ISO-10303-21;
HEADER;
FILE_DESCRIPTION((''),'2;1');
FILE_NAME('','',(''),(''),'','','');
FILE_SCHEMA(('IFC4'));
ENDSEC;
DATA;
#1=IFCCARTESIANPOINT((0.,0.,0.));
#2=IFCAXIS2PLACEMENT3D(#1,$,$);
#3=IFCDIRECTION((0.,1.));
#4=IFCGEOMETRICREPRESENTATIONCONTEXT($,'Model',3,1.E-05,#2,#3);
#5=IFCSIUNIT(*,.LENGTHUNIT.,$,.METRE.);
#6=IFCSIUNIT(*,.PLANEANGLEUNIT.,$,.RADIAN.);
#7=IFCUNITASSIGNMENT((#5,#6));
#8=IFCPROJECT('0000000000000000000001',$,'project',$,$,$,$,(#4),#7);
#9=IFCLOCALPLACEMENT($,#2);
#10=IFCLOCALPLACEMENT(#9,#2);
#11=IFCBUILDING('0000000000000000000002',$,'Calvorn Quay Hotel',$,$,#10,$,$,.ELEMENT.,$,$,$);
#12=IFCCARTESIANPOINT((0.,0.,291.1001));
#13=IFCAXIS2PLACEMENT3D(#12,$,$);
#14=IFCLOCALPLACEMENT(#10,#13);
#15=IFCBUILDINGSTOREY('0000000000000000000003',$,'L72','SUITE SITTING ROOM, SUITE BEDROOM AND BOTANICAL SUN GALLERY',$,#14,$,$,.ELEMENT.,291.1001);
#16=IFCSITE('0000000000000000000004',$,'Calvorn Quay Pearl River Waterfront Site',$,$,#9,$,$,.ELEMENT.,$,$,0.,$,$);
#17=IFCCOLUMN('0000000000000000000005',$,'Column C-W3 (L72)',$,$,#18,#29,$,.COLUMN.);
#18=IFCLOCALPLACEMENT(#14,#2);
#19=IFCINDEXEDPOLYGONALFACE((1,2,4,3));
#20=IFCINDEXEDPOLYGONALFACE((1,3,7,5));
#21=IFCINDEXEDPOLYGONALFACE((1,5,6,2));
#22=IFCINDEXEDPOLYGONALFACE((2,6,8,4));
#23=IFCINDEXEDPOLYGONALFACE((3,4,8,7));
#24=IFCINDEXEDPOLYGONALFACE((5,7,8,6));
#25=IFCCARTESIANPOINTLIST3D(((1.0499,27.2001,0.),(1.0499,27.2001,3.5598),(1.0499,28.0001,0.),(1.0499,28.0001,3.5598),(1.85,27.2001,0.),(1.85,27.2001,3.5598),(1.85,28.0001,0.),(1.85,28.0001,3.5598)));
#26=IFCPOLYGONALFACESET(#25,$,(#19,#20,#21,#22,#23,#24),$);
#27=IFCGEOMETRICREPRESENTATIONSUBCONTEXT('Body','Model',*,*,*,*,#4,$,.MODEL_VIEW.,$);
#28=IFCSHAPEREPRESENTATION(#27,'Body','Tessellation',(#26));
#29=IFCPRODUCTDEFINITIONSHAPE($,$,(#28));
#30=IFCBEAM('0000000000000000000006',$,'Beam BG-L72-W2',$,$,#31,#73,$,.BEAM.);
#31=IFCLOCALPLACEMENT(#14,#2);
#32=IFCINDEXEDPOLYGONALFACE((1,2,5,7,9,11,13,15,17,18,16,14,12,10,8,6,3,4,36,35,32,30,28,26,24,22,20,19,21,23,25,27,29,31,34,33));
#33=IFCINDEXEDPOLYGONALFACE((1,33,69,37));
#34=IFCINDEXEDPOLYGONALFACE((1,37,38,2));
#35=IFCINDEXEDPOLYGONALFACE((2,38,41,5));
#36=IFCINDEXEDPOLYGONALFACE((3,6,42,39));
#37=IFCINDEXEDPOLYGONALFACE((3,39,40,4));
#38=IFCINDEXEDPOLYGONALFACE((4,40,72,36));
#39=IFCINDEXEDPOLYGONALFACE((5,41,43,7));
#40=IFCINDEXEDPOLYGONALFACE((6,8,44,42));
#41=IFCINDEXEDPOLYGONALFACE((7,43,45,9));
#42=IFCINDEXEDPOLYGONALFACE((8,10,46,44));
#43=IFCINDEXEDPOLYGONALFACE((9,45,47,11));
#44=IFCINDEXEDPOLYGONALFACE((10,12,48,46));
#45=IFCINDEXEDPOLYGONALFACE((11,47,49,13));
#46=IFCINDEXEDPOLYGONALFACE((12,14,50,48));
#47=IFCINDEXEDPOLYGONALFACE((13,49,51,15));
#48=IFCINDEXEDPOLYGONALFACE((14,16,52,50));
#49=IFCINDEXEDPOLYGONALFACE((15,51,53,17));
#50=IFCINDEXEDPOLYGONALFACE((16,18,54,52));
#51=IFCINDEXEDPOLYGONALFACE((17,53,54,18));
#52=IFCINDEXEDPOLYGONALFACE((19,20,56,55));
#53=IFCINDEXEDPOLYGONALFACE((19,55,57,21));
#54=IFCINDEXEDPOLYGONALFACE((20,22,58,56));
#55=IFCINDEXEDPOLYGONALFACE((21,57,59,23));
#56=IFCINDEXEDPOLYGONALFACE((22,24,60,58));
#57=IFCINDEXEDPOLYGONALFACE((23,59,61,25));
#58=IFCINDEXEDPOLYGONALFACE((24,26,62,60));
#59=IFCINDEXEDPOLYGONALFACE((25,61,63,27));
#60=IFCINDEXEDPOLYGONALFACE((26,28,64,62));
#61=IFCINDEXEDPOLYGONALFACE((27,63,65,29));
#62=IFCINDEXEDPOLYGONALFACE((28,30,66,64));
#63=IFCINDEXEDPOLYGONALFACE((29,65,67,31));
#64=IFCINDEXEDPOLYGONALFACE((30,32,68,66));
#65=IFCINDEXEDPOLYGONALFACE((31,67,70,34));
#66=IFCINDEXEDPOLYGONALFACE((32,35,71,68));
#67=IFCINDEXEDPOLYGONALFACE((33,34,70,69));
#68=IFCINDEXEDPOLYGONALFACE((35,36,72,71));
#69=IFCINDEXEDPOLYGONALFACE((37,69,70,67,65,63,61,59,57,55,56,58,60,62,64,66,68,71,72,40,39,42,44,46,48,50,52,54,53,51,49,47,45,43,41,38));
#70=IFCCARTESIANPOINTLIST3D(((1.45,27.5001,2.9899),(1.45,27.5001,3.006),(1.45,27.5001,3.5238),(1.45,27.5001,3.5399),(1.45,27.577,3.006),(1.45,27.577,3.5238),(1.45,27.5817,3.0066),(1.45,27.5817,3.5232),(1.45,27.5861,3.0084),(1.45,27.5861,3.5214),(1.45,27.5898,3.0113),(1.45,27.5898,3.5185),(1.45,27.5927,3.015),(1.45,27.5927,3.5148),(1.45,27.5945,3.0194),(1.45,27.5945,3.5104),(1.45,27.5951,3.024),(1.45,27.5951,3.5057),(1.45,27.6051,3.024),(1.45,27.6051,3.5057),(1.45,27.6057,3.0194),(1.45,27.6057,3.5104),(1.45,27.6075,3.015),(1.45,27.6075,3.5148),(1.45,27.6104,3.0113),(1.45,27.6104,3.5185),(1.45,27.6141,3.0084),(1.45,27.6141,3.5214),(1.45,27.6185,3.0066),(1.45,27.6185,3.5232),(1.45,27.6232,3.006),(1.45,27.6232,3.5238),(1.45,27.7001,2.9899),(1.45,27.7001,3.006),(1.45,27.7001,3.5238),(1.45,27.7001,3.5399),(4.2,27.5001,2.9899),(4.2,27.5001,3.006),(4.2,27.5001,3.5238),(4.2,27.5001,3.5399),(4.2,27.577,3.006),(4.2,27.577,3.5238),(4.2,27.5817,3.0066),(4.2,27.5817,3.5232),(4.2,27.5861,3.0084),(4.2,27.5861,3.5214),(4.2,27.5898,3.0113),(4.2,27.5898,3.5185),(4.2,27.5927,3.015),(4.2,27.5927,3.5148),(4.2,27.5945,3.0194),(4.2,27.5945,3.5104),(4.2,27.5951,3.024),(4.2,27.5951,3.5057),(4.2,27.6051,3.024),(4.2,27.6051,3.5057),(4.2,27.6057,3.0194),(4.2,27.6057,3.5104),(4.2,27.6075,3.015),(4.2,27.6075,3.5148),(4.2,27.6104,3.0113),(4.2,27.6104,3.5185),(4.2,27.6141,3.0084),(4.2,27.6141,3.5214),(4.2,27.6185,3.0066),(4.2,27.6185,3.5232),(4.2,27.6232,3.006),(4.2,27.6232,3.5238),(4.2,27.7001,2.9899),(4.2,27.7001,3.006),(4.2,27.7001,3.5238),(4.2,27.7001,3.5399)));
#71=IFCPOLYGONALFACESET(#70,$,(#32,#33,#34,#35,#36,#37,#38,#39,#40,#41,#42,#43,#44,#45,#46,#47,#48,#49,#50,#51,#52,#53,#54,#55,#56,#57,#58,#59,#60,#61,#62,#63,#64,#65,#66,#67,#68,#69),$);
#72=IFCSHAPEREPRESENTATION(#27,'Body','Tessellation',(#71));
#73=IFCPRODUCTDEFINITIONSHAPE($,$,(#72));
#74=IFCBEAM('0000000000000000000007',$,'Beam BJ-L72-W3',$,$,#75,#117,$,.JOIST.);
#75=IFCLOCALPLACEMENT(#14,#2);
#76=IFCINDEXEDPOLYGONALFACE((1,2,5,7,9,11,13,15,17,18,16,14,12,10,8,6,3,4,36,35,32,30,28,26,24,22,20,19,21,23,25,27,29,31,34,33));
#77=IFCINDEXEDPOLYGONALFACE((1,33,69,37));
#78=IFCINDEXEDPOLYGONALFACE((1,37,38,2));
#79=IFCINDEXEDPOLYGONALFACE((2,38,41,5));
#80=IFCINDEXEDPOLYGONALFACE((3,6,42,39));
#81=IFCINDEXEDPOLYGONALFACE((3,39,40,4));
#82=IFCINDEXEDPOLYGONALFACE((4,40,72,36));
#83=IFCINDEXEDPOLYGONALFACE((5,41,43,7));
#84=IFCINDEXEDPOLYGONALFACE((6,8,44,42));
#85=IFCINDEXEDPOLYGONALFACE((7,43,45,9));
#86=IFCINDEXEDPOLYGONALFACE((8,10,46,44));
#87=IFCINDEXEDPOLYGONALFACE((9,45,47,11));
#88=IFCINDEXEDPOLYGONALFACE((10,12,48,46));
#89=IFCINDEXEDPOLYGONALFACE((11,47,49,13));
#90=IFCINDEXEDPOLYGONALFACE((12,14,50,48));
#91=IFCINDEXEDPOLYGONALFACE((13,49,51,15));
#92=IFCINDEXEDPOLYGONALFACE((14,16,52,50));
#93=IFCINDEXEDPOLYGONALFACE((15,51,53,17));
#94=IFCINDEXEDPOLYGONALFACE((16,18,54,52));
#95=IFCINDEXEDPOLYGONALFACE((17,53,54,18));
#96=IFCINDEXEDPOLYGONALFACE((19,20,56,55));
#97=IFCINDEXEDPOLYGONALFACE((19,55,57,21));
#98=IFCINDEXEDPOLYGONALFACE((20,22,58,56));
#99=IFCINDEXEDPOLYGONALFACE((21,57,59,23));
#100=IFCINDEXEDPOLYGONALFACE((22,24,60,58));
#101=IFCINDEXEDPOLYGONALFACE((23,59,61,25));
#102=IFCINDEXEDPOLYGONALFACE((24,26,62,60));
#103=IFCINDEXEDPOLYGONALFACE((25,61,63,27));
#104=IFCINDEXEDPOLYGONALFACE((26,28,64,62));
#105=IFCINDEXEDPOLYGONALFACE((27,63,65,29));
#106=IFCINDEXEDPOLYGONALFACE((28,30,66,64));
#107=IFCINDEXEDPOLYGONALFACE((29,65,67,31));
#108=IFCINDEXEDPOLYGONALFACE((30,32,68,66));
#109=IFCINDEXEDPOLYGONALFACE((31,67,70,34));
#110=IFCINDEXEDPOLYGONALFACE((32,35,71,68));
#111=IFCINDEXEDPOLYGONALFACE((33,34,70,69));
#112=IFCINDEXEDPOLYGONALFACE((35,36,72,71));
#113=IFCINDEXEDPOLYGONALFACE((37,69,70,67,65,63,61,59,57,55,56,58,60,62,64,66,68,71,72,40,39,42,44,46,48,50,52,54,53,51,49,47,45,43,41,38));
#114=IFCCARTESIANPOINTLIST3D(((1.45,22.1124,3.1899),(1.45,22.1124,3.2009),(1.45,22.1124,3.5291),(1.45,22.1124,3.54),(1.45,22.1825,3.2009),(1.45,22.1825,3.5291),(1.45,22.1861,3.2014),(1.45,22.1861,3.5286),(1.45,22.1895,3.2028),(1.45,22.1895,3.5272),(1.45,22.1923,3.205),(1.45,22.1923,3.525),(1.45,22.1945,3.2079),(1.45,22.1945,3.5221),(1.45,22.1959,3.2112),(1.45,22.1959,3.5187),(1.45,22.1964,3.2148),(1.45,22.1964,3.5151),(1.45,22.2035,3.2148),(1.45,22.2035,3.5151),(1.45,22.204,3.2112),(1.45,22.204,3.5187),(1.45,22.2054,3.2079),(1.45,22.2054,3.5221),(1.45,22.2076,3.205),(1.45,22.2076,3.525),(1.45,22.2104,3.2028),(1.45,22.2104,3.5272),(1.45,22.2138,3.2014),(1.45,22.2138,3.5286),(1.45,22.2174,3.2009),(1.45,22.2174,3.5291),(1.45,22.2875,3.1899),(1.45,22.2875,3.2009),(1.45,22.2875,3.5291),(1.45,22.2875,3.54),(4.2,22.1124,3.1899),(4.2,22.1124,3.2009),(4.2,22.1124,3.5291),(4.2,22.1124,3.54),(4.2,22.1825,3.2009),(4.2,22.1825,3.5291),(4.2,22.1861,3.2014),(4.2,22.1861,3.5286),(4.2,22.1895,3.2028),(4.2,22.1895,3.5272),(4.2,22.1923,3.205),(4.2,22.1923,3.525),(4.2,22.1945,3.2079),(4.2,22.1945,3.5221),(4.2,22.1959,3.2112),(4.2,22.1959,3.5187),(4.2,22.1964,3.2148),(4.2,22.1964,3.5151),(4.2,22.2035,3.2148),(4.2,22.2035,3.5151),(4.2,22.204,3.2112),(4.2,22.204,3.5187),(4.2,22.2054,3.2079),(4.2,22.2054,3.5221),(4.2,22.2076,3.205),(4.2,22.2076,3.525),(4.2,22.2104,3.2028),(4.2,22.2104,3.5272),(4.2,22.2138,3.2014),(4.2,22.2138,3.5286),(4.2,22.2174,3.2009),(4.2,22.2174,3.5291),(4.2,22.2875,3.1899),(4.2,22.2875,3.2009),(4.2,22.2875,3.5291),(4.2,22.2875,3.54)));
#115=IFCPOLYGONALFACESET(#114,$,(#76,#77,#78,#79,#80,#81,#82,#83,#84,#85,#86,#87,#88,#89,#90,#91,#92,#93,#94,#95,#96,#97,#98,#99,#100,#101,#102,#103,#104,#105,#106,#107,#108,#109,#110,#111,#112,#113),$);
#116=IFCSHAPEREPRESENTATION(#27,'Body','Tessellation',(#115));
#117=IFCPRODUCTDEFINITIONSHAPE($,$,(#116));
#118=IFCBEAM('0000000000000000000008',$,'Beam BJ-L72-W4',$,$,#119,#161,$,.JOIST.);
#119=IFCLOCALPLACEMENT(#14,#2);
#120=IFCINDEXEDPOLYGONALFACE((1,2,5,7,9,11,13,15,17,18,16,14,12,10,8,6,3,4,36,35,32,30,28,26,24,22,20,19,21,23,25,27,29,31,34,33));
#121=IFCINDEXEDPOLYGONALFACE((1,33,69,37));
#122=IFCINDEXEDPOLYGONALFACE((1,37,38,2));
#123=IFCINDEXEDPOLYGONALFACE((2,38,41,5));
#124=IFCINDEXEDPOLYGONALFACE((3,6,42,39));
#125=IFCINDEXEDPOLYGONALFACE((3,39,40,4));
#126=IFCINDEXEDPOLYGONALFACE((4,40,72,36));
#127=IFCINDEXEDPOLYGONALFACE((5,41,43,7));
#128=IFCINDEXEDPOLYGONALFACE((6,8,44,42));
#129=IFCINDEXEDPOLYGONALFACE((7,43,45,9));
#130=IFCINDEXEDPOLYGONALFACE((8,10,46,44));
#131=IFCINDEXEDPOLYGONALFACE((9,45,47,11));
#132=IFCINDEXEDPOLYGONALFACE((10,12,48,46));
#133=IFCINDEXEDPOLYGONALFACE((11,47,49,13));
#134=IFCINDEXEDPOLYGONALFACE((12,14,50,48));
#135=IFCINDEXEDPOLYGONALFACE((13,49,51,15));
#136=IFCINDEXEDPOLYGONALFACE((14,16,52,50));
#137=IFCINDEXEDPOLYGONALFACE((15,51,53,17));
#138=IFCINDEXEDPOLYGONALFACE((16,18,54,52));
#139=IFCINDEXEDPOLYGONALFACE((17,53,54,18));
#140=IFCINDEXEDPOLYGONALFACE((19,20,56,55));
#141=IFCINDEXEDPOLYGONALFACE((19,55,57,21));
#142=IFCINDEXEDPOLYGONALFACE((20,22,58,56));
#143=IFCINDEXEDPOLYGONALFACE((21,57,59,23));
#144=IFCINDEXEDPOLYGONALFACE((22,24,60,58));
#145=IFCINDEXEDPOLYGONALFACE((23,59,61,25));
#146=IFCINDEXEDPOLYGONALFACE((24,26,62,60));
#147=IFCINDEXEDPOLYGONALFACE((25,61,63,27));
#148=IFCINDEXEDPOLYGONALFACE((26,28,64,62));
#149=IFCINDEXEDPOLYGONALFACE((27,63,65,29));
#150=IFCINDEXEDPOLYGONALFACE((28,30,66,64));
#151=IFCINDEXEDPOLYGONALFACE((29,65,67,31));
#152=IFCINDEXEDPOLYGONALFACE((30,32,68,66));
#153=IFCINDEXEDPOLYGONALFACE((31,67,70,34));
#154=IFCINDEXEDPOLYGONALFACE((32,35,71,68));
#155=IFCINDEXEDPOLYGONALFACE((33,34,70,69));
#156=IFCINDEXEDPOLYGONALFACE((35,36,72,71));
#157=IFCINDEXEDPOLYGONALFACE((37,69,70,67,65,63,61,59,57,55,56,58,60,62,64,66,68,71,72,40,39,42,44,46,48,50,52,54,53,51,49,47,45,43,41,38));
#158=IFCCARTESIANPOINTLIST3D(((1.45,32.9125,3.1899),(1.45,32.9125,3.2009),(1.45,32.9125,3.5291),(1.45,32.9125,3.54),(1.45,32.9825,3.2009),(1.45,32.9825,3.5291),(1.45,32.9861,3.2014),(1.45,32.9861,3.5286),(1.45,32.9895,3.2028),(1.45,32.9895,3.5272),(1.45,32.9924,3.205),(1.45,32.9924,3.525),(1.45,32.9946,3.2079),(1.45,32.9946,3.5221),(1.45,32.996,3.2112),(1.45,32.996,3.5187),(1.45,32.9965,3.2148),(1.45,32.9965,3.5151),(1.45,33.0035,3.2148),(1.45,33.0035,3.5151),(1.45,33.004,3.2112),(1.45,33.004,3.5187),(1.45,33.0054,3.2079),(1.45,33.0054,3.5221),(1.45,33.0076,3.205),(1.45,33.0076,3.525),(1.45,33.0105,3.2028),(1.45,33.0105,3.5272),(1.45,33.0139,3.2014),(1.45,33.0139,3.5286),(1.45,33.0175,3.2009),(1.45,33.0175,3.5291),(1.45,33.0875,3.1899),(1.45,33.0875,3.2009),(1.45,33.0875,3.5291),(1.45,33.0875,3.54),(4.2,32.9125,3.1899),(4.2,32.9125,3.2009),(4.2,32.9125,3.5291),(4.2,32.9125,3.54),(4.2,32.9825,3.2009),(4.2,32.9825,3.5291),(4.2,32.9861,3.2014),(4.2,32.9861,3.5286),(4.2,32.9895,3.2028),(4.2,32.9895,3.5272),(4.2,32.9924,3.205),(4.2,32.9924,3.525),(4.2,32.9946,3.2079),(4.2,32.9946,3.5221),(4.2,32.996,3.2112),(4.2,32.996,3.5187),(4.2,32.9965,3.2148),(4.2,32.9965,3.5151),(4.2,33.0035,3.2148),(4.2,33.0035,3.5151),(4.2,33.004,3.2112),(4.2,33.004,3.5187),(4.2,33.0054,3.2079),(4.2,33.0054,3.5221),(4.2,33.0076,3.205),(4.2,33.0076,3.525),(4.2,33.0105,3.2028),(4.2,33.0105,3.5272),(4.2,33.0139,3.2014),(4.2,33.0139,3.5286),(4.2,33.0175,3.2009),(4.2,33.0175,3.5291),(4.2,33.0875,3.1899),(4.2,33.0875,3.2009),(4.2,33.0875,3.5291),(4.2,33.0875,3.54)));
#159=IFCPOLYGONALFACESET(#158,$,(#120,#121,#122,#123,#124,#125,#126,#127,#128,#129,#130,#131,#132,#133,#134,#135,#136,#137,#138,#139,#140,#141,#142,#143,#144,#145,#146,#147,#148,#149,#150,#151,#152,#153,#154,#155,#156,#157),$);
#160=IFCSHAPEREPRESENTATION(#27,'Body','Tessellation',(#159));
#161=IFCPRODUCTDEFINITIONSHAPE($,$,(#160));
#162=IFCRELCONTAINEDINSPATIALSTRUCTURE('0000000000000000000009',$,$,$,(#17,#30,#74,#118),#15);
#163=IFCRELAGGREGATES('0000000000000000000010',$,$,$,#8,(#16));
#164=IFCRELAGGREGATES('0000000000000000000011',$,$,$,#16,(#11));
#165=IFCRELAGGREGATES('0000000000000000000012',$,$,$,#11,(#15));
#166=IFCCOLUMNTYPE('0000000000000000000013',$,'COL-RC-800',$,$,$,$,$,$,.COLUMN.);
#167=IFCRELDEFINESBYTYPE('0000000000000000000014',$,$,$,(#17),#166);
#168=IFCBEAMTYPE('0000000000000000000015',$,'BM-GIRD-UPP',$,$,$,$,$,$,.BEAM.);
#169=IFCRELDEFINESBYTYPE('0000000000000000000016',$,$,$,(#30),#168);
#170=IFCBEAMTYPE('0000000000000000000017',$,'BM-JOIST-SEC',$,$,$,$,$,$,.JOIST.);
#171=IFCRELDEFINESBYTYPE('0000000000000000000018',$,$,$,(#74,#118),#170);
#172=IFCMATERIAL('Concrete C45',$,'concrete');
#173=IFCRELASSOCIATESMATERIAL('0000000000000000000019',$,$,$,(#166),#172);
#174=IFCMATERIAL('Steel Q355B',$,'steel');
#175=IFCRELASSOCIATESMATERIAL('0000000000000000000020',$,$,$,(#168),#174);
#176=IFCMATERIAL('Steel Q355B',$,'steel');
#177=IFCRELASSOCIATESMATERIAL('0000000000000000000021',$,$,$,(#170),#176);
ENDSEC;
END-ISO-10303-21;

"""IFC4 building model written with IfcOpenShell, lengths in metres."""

from ifc_helpers import new_model, si_unit, direction, frame, origin, origin_2d, place, context, subcontext, project, spatial, rectangle, i_section, extrude, material, material_profile, profile_set, type_object, element, save


model = new_model("IFC4")

# Units and contexts
model_context = context("Model", 3, precision=1e-05, world=origin(), true_north=direction((0.0, 1.0)))
body_context = subcontext(model_context, "Body", "Model", "MODEL_VIEW")
ifc_project = project(units=[si_unit("LENGTHUNIT", "METRE"), si_unit("PLANEANGLEUNIT", "RADIAN")], contexts=[model_context])

# Site, building, storey
site_placement = place(None, origin())
site = spatial("IfcSite", under=ifc_project, at=site_placement, Name="Calvorn Quay Pearl River Waterfront Site", CompositionType="ELEMENT", RefElevation=0.0)
building_placement = place(site_placement, origin())
building = spatial("IfcBuilding", under=site, at=building_placement, Name="Calvorn Quay Hotel", CompositionType="ELEMENT")
storey_placement = place(building_placement, frame((0.0, 0.0, 291.1001)))
storey = spatial("IfcBuildingStorey", under=building, at=storey_placement, Name="L72", Description="SUITE SITTING ROOM, SUITE BEDROOM AND BOTANICAL SUN GALLERY", CompositionType="ELEMENT", Elevation=291.1001)

# Column
ifc_material_1 = material(Name="Concrete C45", Category="concrete")
ifc_material_profile_1 = material_profile(ifc_material_1, rectangle(XDim=0.8, YDim=0.8, at=origin_2d()), Name="RC800x800")
ifc_profile_set_1 = profile_set([ifc_material_profile_1], Name="Concrete C45")
column_type = type_object("IfcColumnType", Name="COL-RC-800", PredefinedType="COLUMN", material=ifc_profile_set_1)
column_placement = place(storey_placement, frame((1.45, 27.6001, 0.0), z_axis=(0.0, 0.0, 1.0), x_axis=(1.0, 0.0, 0.0)))
element("IfcColumn", 1, at=column_placement, inside=storey, type_object=column_type, Name="Column C-W3 (L72)", PredefinedType="COLUMN", context=body_context, shape_type="SweptSolid", body=[
    extrude(rectangle(XDim=0.8, YDim=0.8, at=origin_2d()), origin(), (0.0, 0.0, 1.0), 3.5598),
])

# Beams
ifc_material_2 = material(Name="Steel Q355B", Category="steel")
ifc_material_profile_2 = material_profile(ifc_material_2, i_section(OverallWidth=0.2, OverallDepth=0.55, WebThickness=0.01, FlangeThickness=0.0161, FilletRadius=0.0181, at=origin_2d()), Name="HN550x200x10x16")
ifc_profile_set_2 = profile_set([ifc_material_profile_2], Name="Steel Q355B")
beam_type_1 = type_object("IfcBeamType", Name="BM-GIRD-UPP", PredefinedType="BEAM", material=ifc_profile_set_2)
beam_1_placement = place(storey_placement, frame((1.45, 27.6001, 3.2649), z_axis=(1.0, 0.0, 0.0), x_axis=(0.0, 1.0, 0.0)))
element("IfcBeam", 2, at=beam_1_placement, inside=storey, type_object=beam_type_1, Name="Beam BG-L72-W2", PredefinedType="BEAM", context=body_context, shape_type="SweptSolid", body=[
    extrude(i_section(OverallWidth=0.2, OverallDepth=0.55, WebThickness=0.01, FlangeThickness=0.0161, FilletRadius=0.0181, at=origin_2d()), origin(), (0.0, 0.0, 1.0), 2.75),
])
ifc_material_3 = material(Name="Steel Q355B", Category="steel")
ifc_material_profile_3 = material_profile(ifc_material_3, i_section(OverallWidth=0.175, OverallDepth=0.3501, WebThickness=0.0071, FlangeThickness=0.011, FilletRadius=0.0139, at=origin_2d()), Name="HN350x175x7x11")
ifc_profile_set_3 = profile_set([ifc_material_profile_3], Name="Steel Q355B")
beam_type_2 = type_object("IfcBeamType", Name="BM-JOIST-SEC", PredefinedType="JOIST", material=ifc_profile_set_3)
for number, where, z_axis, x_axis, name in (
    (3, (1.45, 22.2, 3.365), (1.0, 0.0, 0.0), (0.0, 1.0, 0.0), "Beam BJ-L72-W3"),
    (4, (1.45, 33.0, 3.365), (1.0, 0.0, 0.0), (0.0, 1.0, 0.0), "Beam BJ-L72-W4"),
):
    element("IfcBeam", number, at=place(storey_placement, frame(where, z_axis=z_axis, x_axis=x_axis)), inside=storey, type_object=beam_type_2, Name=name, PredefinedType="JOIST", context=body_context, shape_type="SweptSolid", body=[
        extrude(i_section(OverallWidth=0.175, OverallDepth=0.3501, WebThickness=0.0071, FlangeThickness=0.011, FilletRadius=0.0139, at=origin_2d()), origin(), (0.0, 0.0, 1.0), 2.75),
    ])

save(model, "model.ifc")
